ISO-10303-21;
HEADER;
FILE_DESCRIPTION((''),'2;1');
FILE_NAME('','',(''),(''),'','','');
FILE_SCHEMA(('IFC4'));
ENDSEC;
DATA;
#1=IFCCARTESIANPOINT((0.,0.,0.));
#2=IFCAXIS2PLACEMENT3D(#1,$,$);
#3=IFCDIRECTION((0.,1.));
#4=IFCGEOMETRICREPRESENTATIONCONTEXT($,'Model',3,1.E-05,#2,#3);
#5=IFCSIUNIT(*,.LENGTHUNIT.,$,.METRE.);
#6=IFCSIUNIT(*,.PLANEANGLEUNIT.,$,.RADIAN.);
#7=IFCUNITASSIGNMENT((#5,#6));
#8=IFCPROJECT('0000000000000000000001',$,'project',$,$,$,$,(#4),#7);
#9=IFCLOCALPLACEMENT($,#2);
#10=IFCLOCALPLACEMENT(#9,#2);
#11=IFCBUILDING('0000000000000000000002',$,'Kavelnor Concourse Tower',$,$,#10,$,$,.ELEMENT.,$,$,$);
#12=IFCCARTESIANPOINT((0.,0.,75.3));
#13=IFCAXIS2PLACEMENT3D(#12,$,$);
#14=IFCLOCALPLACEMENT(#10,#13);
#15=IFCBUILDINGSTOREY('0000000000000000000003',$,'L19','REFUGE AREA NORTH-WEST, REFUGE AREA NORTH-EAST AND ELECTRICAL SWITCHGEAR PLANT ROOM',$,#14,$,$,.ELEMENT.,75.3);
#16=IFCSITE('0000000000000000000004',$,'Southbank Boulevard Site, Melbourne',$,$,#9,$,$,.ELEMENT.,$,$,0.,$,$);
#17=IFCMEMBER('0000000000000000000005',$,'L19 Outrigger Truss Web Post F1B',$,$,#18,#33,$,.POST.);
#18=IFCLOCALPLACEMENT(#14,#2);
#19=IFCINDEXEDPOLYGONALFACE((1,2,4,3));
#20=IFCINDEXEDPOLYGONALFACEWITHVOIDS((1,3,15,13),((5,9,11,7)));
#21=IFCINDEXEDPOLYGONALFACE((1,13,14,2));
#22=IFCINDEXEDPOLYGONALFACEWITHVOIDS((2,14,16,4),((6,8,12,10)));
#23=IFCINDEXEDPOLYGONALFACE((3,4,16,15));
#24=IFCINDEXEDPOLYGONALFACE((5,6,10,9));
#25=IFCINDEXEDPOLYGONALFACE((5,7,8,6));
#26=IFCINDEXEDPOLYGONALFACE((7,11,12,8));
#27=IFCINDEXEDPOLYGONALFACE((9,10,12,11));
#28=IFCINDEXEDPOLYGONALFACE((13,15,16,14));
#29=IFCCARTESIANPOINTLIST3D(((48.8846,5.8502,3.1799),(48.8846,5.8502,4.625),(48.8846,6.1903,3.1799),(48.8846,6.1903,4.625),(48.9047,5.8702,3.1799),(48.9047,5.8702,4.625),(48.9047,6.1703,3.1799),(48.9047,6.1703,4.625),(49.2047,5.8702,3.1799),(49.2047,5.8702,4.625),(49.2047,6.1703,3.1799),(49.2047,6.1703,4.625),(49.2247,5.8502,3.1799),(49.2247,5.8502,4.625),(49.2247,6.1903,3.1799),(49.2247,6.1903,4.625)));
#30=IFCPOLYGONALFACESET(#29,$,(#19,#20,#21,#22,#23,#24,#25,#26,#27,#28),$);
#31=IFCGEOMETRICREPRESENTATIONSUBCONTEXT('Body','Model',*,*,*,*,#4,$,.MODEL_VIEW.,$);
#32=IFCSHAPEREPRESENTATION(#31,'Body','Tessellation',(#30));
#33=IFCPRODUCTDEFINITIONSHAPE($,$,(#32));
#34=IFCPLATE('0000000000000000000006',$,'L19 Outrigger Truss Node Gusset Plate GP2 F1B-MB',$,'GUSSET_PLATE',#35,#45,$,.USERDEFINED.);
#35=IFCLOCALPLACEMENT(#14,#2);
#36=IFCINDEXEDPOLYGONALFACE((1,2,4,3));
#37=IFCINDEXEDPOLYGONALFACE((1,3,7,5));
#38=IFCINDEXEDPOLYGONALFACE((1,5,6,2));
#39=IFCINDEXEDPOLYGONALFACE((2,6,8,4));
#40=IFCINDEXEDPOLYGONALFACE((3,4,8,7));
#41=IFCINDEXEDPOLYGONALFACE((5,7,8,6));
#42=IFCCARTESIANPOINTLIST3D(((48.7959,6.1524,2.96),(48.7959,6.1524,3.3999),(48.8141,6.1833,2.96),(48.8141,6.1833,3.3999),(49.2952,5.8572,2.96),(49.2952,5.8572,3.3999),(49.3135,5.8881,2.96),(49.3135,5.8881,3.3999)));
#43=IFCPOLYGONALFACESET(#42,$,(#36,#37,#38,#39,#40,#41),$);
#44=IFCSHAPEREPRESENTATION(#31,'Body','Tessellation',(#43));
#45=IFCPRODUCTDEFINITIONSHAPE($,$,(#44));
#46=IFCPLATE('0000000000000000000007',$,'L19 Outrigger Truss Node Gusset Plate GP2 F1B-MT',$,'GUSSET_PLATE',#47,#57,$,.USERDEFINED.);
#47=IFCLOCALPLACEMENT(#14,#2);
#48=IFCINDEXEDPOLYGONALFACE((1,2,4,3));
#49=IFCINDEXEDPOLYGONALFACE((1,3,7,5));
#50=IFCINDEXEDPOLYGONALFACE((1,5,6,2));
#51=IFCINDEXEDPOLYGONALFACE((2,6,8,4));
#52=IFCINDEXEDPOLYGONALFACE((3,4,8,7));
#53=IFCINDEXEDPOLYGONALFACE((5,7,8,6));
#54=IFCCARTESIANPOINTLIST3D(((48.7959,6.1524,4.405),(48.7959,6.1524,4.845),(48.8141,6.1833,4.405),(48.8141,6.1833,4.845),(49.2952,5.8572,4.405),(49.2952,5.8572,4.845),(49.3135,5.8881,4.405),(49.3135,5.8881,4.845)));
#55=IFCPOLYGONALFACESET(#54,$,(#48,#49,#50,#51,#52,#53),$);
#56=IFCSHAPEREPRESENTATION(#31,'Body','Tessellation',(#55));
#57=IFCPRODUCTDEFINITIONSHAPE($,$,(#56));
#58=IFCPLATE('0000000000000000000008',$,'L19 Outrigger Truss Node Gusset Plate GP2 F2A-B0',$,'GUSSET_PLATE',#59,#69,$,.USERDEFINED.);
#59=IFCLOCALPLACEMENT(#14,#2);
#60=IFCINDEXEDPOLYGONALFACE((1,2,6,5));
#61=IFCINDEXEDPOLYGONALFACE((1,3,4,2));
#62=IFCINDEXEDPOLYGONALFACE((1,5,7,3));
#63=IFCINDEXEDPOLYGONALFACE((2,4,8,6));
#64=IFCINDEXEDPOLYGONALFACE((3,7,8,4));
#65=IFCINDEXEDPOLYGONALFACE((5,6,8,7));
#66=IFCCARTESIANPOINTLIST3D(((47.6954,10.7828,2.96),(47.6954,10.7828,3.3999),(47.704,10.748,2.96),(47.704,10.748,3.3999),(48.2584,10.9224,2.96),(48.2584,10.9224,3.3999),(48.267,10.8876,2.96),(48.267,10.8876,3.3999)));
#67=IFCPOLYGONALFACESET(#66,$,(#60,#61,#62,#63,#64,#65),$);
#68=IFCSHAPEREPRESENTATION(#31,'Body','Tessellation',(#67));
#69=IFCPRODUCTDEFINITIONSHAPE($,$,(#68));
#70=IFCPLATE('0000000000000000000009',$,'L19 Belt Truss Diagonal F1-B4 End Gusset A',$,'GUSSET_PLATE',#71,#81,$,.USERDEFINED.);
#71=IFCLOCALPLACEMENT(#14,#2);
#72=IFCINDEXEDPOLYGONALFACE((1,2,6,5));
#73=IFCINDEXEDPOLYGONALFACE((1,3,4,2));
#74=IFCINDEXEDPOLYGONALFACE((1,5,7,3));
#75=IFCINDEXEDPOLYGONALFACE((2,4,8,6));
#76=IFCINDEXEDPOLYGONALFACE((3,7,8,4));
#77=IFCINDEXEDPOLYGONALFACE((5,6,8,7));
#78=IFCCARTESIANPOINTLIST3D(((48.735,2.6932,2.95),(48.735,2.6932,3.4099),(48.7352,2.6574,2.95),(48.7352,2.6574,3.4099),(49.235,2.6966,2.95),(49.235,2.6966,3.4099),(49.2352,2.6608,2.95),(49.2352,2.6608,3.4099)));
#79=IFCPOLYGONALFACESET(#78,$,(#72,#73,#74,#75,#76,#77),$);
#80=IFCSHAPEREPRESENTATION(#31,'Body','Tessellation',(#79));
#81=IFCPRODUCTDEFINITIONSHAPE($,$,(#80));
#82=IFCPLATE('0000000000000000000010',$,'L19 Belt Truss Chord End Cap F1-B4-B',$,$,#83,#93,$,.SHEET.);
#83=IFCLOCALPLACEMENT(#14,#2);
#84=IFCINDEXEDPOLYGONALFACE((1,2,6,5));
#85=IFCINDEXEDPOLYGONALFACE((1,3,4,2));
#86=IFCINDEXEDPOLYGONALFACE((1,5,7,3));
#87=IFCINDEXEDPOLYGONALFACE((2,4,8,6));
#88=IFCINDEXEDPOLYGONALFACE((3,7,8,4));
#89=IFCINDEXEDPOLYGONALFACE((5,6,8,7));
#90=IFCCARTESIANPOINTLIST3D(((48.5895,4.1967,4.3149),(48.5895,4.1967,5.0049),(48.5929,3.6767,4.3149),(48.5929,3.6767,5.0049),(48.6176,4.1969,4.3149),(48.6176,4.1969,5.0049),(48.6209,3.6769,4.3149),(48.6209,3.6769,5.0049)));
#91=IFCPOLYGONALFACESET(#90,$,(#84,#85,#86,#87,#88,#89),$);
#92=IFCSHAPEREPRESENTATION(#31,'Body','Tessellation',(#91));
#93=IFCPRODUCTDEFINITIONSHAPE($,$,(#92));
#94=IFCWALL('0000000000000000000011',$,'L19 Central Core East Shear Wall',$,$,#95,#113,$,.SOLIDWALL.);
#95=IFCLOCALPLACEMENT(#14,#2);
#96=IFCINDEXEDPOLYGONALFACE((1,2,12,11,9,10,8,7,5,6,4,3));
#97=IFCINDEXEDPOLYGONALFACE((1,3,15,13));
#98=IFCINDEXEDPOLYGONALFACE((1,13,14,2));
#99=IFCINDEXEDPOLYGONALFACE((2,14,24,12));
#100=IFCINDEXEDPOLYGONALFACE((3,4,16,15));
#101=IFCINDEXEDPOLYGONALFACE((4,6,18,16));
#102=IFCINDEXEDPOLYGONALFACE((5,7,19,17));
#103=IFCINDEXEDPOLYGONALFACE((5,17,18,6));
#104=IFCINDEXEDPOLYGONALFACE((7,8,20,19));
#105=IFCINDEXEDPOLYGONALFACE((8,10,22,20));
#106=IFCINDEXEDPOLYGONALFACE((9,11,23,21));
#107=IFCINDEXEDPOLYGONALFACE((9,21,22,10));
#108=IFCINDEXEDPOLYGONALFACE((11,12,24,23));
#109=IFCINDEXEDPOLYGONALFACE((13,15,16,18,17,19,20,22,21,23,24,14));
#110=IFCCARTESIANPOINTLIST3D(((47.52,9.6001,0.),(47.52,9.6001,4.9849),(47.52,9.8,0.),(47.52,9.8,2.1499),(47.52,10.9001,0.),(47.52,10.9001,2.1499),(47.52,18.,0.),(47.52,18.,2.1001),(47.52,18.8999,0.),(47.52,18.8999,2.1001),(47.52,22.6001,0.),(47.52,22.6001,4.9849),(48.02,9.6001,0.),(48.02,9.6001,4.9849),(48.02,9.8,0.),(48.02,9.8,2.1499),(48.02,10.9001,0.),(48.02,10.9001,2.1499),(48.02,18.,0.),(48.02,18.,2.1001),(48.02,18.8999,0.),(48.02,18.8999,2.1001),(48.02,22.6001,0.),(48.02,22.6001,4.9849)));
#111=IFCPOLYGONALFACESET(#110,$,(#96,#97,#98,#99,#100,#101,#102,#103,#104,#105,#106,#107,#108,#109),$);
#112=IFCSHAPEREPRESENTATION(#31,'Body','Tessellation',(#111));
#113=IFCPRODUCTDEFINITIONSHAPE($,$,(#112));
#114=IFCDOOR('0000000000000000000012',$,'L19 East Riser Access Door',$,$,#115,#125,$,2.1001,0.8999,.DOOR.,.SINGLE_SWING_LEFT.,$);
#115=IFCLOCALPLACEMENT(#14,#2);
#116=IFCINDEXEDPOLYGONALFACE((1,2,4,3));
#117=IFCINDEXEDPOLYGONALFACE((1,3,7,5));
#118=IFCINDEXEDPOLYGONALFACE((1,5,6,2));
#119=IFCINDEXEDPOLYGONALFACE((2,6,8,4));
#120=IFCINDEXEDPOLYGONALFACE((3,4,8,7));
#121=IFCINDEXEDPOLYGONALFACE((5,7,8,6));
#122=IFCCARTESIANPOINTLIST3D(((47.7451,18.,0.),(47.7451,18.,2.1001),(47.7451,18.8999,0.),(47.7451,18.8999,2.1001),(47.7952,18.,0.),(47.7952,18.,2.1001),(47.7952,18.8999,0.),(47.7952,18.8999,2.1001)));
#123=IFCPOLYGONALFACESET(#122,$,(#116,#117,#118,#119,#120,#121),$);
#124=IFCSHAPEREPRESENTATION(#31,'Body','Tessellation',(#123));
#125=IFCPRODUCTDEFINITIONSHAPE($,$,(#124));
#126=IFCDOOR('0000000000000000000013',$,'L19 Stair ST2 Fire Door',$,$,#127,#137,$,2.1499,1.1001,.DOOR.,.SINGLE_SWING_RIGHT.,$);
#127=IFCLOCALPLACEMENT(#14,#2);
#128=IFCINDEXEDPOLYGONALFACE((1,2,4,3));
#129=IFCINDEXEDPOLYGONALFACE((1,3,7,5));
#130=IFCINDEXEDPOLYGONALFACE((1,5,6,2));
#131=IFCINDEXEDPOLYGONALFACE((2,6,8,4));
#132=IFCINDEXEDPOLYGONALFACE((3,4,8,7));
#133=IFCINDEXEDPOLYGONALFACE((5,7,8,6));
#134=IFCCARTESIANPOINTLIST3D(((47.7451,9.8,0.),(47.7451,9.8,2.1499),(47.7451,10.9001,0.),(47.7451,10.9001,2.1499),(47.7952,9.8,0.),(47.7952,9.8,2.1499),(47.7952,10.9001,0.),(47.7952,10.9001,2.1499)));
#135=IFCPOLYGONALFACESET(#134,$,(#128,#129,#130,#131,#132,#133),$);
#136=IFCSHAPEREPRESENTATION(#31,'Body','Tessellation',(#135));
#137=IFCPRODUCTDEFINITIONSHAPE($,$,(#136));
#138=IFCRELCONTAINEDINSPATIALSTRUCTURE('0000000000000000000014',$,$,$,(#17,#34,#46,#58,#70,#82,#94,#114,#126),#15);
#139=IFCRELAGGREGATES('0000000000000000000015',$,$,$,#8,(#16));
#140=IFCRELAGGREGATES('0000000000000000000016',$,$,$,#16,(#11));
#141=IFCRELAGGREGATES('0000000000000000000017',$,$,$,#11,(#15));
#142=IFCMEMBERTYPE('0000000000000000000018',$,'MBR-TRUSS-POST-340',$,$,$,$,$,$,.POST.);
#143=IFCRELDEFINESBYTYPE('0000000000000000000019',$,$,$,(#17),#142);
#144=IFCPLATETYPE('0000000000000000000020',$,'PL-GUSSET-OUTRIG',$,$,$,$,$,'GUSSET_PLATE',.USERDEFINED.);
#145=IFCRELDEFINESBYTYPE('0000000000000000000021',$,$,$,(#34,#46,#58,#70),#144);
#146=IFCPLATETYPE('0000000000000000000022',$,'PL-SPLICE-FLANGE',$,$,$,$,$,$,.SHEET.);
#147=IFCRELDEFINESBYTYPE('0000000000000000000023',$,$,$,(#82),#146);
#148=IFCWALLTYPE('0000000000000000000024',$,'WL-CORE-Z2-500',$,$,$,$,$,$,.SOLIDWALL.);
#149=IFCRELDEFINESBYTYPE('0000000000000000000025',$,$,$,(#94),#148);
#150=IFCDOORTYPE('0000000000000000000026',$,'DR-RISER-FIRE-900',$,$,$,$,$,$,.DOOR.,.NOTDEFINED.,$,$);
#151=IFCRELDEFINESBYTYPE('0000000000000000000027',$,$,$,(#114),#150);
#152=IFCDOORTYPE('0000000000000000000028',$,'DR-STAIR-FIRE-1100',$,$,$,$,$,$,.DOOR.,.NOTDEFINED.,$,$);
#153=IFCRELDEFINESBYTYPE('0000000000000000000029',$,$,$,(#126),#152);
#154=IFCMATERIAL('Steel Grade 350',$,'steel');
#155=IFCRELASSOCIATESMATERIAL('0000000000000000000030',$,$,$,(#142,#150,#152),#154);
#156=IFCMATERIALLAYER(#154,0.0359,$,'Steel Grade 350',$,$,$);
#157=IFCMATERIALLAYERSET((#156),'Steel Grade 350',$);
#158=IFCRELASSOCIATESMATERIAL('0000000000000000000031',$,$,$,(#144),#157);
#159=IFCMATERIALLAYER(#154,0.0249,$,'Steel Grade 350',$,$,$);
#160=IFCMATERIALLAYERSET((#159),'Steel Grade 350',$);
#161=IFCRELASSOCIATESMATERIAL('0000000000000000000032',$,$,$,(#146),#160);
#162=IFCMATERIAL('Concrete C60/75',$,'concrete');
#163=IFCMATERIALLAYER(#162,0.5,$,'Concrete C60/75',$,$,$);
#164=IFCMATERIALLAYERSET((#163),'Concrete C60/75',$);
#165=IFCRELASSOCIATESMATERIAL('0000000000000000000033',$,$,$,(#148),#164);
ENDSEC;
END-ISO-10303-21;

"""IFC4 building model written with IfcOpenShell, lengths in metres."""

from ifc_helpers import new_model, si_unit, direction, frame, frame_2d, origin, origin_2d, place, context, subcontext, project, spatial, rectangle, hollow_rectangle, extrude, material, layer, layer_set, material_profile, profile_set, type_object, element, fill, save


model = new_model("IFC4")

# Units and contexts
model_context = context("Model", 3, precision=1e-05, world=origin(), true_north=direction((0.0, 1.0)))
body_context = subcontext(model_context, "Body", "Model", "MODEL_VIEW")
ifc_project = project(units=[si_unit("LENGTHUNIT", "METRE"), si_unit("PLANEANGLEUNIT", "RADIAN")], contexts=[model_context])

# Site, building, storey
site_placement = place(None, origin())
site = spatial("IfcSite", under=ifc_project, at=site_placement, Name="Southbank Boulevard Site, Melbourne", CompositionType="ELEMENT", RefElevation=0.0)
building_placement = place(site_placement, origin())
building = spatial("IfcBuilding", under=site, at=building_placement, Name="Kavelnor Concourse Tower", CompositionType="ELEMENT")
storey_placement = place(building_placement, frame((0.0, 0.0, 75.3)))
storey = spatial("IfcBuildingStorey", under=building, at=storey_placement, Name="L19", Description="REFUGE AREA NORTH-WEST, REFUGE AREA NORTH-EAST AND ELECTRICAL SWITCHGEAR PLANT ROOM", CompositionType="ELEMENT", Elevation=75.3)

# Shared definitions
ifc_material_1 = material(Name="Steel Grade 350", Category="steel")

# Member
ifc_material_profile_1 = material_profile(ifc_material_1, hollow_rectangle(XDim=0.3401, YDim=0.3401, WallThickness=0.02, at=origin_2d()), Name="SHS 340x340x20")
ifc_profile_set_1 = profile_set([ifc_material_profile_1], Name="Steel Grade 350")
member_type_1 = type_object("IfcMemberType", Name="MBR-TRUSS-POST-340", PredefinedType="POST", material=ifc_profile_set_1)
member_1_placement = place(storey_placement, frame((49.0547, 6.0203, 3.1799), z_axis=(0.0, 0.0, 1.0), x_axis=(1.0, 0.0, 0.0)))
element("IfcMember", 1, at=member_1_placement, inside=storey, type_object=member_type_1, Name="L19 Outrigger Truss Web Post F1B", PredefinedType="POST", context=body_context, shape_type="SweptSolid", body=[
    extrude(hollow_rectangle(XDim=0.3401, YDim=0.3401, WallThickness=0.02, at=origin_2d()), origin(), (0.0, 0.0, 1.0), 1.4451),
])

# Plates
ifc_layer_1 = layer(ifc_material_1, 0.0359, Name="Steel Grade 350")
ifc_layer_set_1 = layer_set([ifc_layer_1], Name="Steel Grade 350")
plate_type_1 = type_object("IfcPlateType", Name="PL-GUSSET-OUTRIG", ElementType="GUSSET_PLATE", PredefinedType="USERDEFINED", material=ifc_layer_set_1)
for number, where, z_axis, x_axis, name in (
    (2, (49.0547, 6.0203, 2.96), (0.0, 0.0, 1.0), (0.860831, -0.508891, 0.0), "L19 Outrigger Truss Node Gusset Plate GP2 F1B-MB"),
    (3, (49.0547, 6.0203, 4.405), (0.0, 0.0, 1.0), (0.860831, -0.508891, 0.0), "L19 Outrigger Truss Node Gusset Plate GP2 F1B-MT"),
    (4, (47.9812, 10.8352, 2.96), (0.0, 0.0, 1.0), (0.970591, 0.240736, 0.0), "L19 Outrigger Truss Node Gusset Plate GP2 F2A-B0"),
):
    element("IfcPlate", number, at=place(storey_placement, frame(where, z_axis=z_axis, x_axis=x_axis)), inside=storey, type_object=plate_type_1, Name=name, ObjectType="GUSSET_PLATE", PredefinedType="USERDEFINED", context=body_context, shape_type="SweptSolid", body=[
        extrude(rectangle(XDim=0.5801, YDim=0.0359, at=origin_2d()), origin(), (0.0, 0.0, 1.0), 0.4399),
    ])
plate_1_placement = place(storey_placement, frame((48.9851, 2.677, 2.95), z_axis=(0.0, 0.0, 1.0), x_axis=(-0.999977, -0.006807, 0.0)))
element("IfcPlate", 5, at=plate_1_placement, inside=storey, type_object=plate_type_1, Name="L19 Belt Truss Diagonal F1-B4 End Gusset A", ObjectType="GUSSET_PLATE", PredefinedType="USERDEFINED", context=body_context, shape_type="SweptSolid", body=[
    extrude(rectangle(XDim=0.5, YDim=0.0359, at=origin_2d()), origin(), (0.0, 0.0, 1.0), 0.46),
])
ifc_layer_2 = layer(ifc_material_1, 0.0249, Name="Steel Grade 350")
ifc_layer_set_2 = layer_set([ifc_layer_2], Name="Steel Grade 350")
plate_type_2 = type_object("IfcPlateType", Name="PL-SPLICE-FLANGE", PredefinedType="SHEET", material=ifc_layer_set_2)
plate_2_placement = place(storey_placement, frame((48.6052, 3.9368, 4.3149), z_axis=(0.0, 0.0, 1.0), x_axis=(-0.006458, 0.999979, 0.0)))
element("IfcPlate", 6, at=plate_2_placement, inside=storey, type_object=plate_type_2, Name="L19 Belt Truss Chord End Cap F1-B4-B", PredefinedType="SHEET", context=body_context, shape_type="SweptSolid", body=[
    extrude(rectangle(XDim=0.52, YDim=0.0281, at=origin_2d()), origin(), (0.0, 0.0, 1.0), 0.6899),
])

# Wall, openings, doors
ifc_material_2 = material(Name="Concrete C60/75", Category="concrete")
ifc_layer_3 = layer(ifc_material_2, 0.5, Name="Concrete C60/75")
ifc_layer_set_3 = layer_set([ifc_layer_3], Name="Concrete C60/75")
wall_type_1 = type_object("IfcWallType", Name="WL-CORE-Z2-500", PredefinedType="SOLIDWALL", material=ifc_layer_set_3)
wall_1_placement = place(storey_placement, frame((47.77, 9.6001, 0.0), z_axis=(0.0, 0.0, 1.0), x_axis=(0.0, 1.0, 0.0)))
wall_1 = element("IfcWall", 7, at=wall_1_placement, inside=storey, type_object=wall_type_1, Name="L19 Central Core East Shear Wall", PredefinedType="SOLIDWALL", context=body_context, shape_type="SweptSolid", body=[
    extrude(rectangle(XDim=13.0, YDim=0.5, at=frame_2d((6.5, 0.0))), origin(), (0.0, 0.0, 1.0), 4.9849),
])
opening_1_placement = place(wall_1_placement, frame((0.2, 0.0, 0.0)))
opening_1 = element("IfcOpeningElement", 8, at=opening_1_placement, cuts=wall_1, PredefinedType="OPENING", context=body_context, shape_type="SweptSolid", body=[
    extrude(rectangle(XDim=1.1001, YDim=2.1499, at=frame_2d((0.55, 1.075))), frame((0.0, 0.26, 0.0), z_axis=(0.0, -1.0, 0.0), x_axis=(1.0, 0.0, 0.0)), (0.0, 0.0, 1.0), 0.52),
])
opening_2_placement = place(wall_1_placement, frame((8.3999, 0.0, 0.0)))
opening_2 = element("IfcOpeningElement", 9, at=opening_2_placement, cuts=wall_1, PredefinedType="OPENING", context=body_context, shape_type="SweptSolid", body=[
    extrude(rectangle(XDim=0.8999, YDim=2.1001, at=frame_2d((0.45, 1.05))), frame((0.0, 0.26, 0.0), z_axis=(0.0, -1.0, 0.0), x_axis=(1.0, 0.0, 0.0)), (0.0, 0.0, 1.0), 0.52),
])
door_type_1 = type_object("IfcDoorType", Name="DR-RISER-FIRE-900", OperationType="NOTDEFINED", PredefinedType="DOOR", material=ifc_material_1)
door_1_placement = place(opening_2_placement, origin())
door_1 = element("IfcDoor", 10, at=door_1_placement, inside=storey, type_object=door_type_1, Name="L19 East Riser Access Door", OperationType="SINGLE_SWING_LEFT", OverallHeight=2.1001, OverallWidth=0.8999, PredefinedType="DOOR", context=body_context, shape_type="SweptSolid", body=[
    extrude(rectangle(XDim=0.8999, YDim=2.1001, at=frame_2d((0.45, 1.05))), frame((0.0, 0.0249, 0.0), z_axis=(0.0, -1.0, 0.0), x_axis=(1.0, 0.0, 0.0)), (0.0, 0.0, 1.0), 0.05),
])
fill(opening_2, door_1)
door_type_2 = type_object("IfcDoorType", Name="DR-STAIR-FIRE-1100", OperationType="NOTDEFINED", PredefinedType="DOOR", material=ifc_material_1)
door_2_placement = place(opening_1_placement, origin())
door_2 = element("IfcDoor", 11, at=door_2_placement, inside=storey, type_object=door_type_2, Name="L19 Stair ST2 Fire Door", OperationType="SINGLE_SWING_RIGHT", OverallHeight=2.1499, OverallWidth=1.1001, PredefinedType="DOOR", context=body_context, shape_type="SweptSolid", body=[
    extrude(rectangle(XDim=1.1001, YDim=2.1499, at=frame_2d((0.55, 1.075))), frame((0.0, 0.0249, 0.0), z_axis=(0.0, -1.0, 0.0), x_axis=(1.0, 0.0, 0.0)), (0.0, 0.0, 1.0), 0.05),
])
fill(opening_1, door_2)

save(model, "model.ifc")
